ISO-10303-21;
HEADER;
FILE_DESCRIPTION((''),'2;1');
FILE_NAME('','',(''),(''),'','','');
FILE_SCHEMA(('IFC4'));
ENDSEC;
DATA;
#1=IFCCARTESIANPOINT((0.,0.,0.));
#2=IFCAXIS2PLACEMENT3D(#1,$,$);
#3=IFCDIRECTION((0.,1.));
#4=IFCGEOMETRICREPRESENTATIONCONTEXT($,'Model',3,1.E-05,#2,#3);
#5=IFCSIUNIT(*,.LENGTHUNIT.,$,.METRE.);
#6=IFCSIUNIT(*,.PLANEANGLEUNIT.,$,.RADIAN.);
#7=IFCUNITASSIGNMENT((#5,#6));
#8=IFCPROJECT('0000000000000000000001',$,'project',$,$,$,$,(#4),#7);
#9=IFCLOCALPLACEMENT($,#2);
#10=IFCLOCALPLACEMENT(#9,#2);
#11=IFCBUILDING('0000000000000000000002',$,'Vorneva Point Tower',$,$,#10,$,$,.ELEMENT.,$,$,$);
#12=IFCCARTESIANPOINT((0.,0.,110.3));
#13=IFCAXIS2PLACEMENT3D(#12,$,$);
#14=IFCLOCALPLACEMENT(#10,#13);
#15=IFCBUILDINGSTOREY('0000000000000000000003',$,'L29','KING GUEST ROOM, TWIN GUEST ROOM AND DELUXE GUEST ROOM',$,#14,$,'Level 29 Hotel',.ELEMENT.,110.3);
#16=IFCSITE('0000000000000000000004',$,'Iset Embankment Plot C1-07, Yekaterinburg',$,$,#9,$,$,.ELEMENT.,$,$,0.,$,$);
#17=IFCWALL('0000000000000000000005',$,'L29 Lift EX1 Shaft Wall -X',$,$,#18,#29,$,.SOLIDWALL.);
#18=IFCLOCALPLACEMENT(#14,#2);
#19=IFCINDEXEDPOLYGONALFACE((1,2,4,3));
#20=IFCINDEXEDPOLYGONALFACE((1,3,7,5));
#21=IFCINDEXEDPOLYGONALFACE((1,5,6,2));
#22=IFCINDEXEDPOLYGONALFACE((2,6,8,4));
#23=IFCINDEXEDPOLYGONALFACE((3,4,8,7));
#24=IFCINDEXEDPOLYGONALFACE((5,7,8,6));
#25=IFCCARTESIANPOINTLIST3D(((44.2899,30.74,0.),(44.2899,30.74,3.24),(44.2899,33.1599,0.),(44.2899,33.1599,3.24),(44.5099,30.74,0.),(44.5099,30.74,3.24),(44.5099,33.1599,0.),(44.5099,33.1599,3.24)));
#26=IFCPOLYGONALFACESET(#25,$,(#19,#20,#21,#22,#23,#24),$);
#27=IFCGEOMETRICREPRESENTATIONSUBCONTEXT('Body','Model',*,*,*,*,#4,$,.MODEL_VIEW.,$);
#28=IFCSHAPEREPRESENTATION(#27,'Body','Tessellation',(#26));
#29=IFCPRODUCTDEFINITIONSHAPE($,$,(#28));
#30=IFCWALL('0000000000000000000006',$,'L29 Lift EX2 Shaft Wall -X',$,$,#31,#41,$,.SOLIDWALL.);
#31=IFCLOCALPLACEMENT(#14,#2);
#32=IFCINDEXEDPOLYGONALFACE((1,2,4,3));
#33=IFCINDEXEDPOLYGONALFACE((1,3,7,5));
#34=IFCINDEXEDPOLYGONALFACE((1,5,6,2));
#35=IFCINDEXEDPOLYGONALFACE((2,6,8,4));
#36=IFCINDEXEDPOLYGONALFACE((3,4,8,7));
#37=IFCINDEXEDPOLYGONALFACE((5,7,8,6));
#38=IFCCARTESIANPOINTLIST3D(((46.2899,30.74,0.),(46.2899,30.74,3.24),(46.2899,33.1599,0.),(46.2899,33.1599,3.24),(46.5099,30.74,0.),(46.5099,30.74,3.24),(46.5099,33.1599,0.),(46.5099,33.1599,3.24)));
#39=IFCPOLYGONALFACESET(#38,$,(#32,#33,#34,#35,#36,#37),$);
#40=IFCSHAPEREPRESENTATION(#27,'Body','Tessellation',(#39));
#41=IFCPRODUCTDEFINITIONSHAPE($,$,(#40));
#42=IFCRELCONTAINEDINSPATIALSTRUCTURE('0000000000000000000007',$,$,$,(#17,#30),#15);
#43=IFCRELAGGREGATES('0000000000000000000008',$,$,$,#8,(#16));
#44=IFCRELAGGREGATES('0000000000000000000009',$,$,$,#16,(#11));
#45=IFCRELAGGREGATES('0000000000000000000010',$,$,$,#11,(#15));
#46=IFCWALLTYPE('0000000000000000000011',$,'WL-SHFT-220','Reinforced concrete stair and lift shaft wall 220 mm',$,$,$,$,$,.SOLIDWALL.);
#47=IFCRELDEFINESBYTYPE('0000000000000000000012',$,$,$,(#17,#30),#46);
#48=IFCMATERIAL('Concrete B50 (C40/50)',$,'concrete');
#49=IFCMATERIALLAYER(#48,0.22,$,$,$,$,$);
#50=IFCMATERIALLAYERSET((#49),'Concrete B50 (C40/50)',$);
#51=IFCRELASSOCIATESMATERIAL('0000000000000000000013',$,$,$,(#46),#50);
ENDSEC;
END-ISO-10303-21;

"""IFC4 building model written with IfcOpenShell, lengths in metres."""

from ifc_helpers import new_model, si_unit, direction, frame, frame_2d, origin, place, context, subcontext, project, spatial, rectangle, extrude, material, layer, layer_set, type_object, element, save


model = new_model("IFC4")

# Units and contexts
model_context = context("Model", 3, precision=1e-05, world=origin(), true_north=direction((0.0, 1.0)))
body_context = subcontext(model_context, "Body", "Model", "MODEL_VIEW")
ifc_project = project(units=[si_unit("LENGTHUNIT", "METRE"), si_unit("PLANEANGLEUNIT", "RADIAN")], contexts=[model_context])

# Site, building, storey
site_placement = place(None, origin())
site = spatial("IfcSite", under=ifc_project, at=site_placement, Name="Iset Embankment Plot C1-07, Yekaterinburg", CompositionType="ELEMENT", RefElevation=0.0)
building_placement = place(site_placement, origin())
building = spatial("IfcBuilding", under=site, at=building_placement, Name="Vorneva Point Tower", CompositionType="ELEMENT")
storey_placement = place(building_placement, frame((0.0, 0.0, 110.3)))
storey = spatial("IfcBuildingStorey", under=building, at=storey_placement, Name="L29", Description="KING GUEST ROOM, TWIN GUEST ROOM AND DELUXE GUEST ROOM", LongName="Level 29 Hotel", CompositionType="ELEMENT", Elevation=110.3)

# Walls
ifc_material_1 = material(Name="Concrete B50 (C40/50)", Category="concrete")
ifc_layer_1 = layer(ifc_material_1, 0.22)
ifc_layer_set_1 = layer_set([ifc_layer_1], Name="Concrete B50 (C40/50)")
wall_type_1 = type_object("IfcWallType", Name="WL-SHFT-220", Description="Reinforced concrete stair and lift shaft wall 220 mm", PredefinedType="SOLIDWALL", material=ifc_layer_set_1)
for number, where, z_axis, x_axis, name in (
    (1, (44.3999, 33.1599, 0.0), (0.0, 0.0, 1.0), (0.0, -1.0, 0.0), "L29 Lift EX1 Shaft Wall -X"),
    (2, (46.3999, 33.1599, 0.0), (0.0, 0.0, 1.0), (0.0, -1.0, 0.0), "L29 Lift EX2 Shaft Wall -X"),
):
    element("IfcWall", number, at=place(storey_placement, frame(where, z_axis=z_axis, x_axis=x_axis)), inside=storey, type_object=wall_type_1, Name=name, PredefinedType="SOLIDWALL", context=body_context, shape_type="SweptSolid", body=[
        extrude(rectangle(XDim=2.4199, YDim=0.22, at=frame_2d((1.21, 0.0))), origin(), (0.0, 0.0, 1.0), 3.24),
    ])

save(model, "model.ifc")
